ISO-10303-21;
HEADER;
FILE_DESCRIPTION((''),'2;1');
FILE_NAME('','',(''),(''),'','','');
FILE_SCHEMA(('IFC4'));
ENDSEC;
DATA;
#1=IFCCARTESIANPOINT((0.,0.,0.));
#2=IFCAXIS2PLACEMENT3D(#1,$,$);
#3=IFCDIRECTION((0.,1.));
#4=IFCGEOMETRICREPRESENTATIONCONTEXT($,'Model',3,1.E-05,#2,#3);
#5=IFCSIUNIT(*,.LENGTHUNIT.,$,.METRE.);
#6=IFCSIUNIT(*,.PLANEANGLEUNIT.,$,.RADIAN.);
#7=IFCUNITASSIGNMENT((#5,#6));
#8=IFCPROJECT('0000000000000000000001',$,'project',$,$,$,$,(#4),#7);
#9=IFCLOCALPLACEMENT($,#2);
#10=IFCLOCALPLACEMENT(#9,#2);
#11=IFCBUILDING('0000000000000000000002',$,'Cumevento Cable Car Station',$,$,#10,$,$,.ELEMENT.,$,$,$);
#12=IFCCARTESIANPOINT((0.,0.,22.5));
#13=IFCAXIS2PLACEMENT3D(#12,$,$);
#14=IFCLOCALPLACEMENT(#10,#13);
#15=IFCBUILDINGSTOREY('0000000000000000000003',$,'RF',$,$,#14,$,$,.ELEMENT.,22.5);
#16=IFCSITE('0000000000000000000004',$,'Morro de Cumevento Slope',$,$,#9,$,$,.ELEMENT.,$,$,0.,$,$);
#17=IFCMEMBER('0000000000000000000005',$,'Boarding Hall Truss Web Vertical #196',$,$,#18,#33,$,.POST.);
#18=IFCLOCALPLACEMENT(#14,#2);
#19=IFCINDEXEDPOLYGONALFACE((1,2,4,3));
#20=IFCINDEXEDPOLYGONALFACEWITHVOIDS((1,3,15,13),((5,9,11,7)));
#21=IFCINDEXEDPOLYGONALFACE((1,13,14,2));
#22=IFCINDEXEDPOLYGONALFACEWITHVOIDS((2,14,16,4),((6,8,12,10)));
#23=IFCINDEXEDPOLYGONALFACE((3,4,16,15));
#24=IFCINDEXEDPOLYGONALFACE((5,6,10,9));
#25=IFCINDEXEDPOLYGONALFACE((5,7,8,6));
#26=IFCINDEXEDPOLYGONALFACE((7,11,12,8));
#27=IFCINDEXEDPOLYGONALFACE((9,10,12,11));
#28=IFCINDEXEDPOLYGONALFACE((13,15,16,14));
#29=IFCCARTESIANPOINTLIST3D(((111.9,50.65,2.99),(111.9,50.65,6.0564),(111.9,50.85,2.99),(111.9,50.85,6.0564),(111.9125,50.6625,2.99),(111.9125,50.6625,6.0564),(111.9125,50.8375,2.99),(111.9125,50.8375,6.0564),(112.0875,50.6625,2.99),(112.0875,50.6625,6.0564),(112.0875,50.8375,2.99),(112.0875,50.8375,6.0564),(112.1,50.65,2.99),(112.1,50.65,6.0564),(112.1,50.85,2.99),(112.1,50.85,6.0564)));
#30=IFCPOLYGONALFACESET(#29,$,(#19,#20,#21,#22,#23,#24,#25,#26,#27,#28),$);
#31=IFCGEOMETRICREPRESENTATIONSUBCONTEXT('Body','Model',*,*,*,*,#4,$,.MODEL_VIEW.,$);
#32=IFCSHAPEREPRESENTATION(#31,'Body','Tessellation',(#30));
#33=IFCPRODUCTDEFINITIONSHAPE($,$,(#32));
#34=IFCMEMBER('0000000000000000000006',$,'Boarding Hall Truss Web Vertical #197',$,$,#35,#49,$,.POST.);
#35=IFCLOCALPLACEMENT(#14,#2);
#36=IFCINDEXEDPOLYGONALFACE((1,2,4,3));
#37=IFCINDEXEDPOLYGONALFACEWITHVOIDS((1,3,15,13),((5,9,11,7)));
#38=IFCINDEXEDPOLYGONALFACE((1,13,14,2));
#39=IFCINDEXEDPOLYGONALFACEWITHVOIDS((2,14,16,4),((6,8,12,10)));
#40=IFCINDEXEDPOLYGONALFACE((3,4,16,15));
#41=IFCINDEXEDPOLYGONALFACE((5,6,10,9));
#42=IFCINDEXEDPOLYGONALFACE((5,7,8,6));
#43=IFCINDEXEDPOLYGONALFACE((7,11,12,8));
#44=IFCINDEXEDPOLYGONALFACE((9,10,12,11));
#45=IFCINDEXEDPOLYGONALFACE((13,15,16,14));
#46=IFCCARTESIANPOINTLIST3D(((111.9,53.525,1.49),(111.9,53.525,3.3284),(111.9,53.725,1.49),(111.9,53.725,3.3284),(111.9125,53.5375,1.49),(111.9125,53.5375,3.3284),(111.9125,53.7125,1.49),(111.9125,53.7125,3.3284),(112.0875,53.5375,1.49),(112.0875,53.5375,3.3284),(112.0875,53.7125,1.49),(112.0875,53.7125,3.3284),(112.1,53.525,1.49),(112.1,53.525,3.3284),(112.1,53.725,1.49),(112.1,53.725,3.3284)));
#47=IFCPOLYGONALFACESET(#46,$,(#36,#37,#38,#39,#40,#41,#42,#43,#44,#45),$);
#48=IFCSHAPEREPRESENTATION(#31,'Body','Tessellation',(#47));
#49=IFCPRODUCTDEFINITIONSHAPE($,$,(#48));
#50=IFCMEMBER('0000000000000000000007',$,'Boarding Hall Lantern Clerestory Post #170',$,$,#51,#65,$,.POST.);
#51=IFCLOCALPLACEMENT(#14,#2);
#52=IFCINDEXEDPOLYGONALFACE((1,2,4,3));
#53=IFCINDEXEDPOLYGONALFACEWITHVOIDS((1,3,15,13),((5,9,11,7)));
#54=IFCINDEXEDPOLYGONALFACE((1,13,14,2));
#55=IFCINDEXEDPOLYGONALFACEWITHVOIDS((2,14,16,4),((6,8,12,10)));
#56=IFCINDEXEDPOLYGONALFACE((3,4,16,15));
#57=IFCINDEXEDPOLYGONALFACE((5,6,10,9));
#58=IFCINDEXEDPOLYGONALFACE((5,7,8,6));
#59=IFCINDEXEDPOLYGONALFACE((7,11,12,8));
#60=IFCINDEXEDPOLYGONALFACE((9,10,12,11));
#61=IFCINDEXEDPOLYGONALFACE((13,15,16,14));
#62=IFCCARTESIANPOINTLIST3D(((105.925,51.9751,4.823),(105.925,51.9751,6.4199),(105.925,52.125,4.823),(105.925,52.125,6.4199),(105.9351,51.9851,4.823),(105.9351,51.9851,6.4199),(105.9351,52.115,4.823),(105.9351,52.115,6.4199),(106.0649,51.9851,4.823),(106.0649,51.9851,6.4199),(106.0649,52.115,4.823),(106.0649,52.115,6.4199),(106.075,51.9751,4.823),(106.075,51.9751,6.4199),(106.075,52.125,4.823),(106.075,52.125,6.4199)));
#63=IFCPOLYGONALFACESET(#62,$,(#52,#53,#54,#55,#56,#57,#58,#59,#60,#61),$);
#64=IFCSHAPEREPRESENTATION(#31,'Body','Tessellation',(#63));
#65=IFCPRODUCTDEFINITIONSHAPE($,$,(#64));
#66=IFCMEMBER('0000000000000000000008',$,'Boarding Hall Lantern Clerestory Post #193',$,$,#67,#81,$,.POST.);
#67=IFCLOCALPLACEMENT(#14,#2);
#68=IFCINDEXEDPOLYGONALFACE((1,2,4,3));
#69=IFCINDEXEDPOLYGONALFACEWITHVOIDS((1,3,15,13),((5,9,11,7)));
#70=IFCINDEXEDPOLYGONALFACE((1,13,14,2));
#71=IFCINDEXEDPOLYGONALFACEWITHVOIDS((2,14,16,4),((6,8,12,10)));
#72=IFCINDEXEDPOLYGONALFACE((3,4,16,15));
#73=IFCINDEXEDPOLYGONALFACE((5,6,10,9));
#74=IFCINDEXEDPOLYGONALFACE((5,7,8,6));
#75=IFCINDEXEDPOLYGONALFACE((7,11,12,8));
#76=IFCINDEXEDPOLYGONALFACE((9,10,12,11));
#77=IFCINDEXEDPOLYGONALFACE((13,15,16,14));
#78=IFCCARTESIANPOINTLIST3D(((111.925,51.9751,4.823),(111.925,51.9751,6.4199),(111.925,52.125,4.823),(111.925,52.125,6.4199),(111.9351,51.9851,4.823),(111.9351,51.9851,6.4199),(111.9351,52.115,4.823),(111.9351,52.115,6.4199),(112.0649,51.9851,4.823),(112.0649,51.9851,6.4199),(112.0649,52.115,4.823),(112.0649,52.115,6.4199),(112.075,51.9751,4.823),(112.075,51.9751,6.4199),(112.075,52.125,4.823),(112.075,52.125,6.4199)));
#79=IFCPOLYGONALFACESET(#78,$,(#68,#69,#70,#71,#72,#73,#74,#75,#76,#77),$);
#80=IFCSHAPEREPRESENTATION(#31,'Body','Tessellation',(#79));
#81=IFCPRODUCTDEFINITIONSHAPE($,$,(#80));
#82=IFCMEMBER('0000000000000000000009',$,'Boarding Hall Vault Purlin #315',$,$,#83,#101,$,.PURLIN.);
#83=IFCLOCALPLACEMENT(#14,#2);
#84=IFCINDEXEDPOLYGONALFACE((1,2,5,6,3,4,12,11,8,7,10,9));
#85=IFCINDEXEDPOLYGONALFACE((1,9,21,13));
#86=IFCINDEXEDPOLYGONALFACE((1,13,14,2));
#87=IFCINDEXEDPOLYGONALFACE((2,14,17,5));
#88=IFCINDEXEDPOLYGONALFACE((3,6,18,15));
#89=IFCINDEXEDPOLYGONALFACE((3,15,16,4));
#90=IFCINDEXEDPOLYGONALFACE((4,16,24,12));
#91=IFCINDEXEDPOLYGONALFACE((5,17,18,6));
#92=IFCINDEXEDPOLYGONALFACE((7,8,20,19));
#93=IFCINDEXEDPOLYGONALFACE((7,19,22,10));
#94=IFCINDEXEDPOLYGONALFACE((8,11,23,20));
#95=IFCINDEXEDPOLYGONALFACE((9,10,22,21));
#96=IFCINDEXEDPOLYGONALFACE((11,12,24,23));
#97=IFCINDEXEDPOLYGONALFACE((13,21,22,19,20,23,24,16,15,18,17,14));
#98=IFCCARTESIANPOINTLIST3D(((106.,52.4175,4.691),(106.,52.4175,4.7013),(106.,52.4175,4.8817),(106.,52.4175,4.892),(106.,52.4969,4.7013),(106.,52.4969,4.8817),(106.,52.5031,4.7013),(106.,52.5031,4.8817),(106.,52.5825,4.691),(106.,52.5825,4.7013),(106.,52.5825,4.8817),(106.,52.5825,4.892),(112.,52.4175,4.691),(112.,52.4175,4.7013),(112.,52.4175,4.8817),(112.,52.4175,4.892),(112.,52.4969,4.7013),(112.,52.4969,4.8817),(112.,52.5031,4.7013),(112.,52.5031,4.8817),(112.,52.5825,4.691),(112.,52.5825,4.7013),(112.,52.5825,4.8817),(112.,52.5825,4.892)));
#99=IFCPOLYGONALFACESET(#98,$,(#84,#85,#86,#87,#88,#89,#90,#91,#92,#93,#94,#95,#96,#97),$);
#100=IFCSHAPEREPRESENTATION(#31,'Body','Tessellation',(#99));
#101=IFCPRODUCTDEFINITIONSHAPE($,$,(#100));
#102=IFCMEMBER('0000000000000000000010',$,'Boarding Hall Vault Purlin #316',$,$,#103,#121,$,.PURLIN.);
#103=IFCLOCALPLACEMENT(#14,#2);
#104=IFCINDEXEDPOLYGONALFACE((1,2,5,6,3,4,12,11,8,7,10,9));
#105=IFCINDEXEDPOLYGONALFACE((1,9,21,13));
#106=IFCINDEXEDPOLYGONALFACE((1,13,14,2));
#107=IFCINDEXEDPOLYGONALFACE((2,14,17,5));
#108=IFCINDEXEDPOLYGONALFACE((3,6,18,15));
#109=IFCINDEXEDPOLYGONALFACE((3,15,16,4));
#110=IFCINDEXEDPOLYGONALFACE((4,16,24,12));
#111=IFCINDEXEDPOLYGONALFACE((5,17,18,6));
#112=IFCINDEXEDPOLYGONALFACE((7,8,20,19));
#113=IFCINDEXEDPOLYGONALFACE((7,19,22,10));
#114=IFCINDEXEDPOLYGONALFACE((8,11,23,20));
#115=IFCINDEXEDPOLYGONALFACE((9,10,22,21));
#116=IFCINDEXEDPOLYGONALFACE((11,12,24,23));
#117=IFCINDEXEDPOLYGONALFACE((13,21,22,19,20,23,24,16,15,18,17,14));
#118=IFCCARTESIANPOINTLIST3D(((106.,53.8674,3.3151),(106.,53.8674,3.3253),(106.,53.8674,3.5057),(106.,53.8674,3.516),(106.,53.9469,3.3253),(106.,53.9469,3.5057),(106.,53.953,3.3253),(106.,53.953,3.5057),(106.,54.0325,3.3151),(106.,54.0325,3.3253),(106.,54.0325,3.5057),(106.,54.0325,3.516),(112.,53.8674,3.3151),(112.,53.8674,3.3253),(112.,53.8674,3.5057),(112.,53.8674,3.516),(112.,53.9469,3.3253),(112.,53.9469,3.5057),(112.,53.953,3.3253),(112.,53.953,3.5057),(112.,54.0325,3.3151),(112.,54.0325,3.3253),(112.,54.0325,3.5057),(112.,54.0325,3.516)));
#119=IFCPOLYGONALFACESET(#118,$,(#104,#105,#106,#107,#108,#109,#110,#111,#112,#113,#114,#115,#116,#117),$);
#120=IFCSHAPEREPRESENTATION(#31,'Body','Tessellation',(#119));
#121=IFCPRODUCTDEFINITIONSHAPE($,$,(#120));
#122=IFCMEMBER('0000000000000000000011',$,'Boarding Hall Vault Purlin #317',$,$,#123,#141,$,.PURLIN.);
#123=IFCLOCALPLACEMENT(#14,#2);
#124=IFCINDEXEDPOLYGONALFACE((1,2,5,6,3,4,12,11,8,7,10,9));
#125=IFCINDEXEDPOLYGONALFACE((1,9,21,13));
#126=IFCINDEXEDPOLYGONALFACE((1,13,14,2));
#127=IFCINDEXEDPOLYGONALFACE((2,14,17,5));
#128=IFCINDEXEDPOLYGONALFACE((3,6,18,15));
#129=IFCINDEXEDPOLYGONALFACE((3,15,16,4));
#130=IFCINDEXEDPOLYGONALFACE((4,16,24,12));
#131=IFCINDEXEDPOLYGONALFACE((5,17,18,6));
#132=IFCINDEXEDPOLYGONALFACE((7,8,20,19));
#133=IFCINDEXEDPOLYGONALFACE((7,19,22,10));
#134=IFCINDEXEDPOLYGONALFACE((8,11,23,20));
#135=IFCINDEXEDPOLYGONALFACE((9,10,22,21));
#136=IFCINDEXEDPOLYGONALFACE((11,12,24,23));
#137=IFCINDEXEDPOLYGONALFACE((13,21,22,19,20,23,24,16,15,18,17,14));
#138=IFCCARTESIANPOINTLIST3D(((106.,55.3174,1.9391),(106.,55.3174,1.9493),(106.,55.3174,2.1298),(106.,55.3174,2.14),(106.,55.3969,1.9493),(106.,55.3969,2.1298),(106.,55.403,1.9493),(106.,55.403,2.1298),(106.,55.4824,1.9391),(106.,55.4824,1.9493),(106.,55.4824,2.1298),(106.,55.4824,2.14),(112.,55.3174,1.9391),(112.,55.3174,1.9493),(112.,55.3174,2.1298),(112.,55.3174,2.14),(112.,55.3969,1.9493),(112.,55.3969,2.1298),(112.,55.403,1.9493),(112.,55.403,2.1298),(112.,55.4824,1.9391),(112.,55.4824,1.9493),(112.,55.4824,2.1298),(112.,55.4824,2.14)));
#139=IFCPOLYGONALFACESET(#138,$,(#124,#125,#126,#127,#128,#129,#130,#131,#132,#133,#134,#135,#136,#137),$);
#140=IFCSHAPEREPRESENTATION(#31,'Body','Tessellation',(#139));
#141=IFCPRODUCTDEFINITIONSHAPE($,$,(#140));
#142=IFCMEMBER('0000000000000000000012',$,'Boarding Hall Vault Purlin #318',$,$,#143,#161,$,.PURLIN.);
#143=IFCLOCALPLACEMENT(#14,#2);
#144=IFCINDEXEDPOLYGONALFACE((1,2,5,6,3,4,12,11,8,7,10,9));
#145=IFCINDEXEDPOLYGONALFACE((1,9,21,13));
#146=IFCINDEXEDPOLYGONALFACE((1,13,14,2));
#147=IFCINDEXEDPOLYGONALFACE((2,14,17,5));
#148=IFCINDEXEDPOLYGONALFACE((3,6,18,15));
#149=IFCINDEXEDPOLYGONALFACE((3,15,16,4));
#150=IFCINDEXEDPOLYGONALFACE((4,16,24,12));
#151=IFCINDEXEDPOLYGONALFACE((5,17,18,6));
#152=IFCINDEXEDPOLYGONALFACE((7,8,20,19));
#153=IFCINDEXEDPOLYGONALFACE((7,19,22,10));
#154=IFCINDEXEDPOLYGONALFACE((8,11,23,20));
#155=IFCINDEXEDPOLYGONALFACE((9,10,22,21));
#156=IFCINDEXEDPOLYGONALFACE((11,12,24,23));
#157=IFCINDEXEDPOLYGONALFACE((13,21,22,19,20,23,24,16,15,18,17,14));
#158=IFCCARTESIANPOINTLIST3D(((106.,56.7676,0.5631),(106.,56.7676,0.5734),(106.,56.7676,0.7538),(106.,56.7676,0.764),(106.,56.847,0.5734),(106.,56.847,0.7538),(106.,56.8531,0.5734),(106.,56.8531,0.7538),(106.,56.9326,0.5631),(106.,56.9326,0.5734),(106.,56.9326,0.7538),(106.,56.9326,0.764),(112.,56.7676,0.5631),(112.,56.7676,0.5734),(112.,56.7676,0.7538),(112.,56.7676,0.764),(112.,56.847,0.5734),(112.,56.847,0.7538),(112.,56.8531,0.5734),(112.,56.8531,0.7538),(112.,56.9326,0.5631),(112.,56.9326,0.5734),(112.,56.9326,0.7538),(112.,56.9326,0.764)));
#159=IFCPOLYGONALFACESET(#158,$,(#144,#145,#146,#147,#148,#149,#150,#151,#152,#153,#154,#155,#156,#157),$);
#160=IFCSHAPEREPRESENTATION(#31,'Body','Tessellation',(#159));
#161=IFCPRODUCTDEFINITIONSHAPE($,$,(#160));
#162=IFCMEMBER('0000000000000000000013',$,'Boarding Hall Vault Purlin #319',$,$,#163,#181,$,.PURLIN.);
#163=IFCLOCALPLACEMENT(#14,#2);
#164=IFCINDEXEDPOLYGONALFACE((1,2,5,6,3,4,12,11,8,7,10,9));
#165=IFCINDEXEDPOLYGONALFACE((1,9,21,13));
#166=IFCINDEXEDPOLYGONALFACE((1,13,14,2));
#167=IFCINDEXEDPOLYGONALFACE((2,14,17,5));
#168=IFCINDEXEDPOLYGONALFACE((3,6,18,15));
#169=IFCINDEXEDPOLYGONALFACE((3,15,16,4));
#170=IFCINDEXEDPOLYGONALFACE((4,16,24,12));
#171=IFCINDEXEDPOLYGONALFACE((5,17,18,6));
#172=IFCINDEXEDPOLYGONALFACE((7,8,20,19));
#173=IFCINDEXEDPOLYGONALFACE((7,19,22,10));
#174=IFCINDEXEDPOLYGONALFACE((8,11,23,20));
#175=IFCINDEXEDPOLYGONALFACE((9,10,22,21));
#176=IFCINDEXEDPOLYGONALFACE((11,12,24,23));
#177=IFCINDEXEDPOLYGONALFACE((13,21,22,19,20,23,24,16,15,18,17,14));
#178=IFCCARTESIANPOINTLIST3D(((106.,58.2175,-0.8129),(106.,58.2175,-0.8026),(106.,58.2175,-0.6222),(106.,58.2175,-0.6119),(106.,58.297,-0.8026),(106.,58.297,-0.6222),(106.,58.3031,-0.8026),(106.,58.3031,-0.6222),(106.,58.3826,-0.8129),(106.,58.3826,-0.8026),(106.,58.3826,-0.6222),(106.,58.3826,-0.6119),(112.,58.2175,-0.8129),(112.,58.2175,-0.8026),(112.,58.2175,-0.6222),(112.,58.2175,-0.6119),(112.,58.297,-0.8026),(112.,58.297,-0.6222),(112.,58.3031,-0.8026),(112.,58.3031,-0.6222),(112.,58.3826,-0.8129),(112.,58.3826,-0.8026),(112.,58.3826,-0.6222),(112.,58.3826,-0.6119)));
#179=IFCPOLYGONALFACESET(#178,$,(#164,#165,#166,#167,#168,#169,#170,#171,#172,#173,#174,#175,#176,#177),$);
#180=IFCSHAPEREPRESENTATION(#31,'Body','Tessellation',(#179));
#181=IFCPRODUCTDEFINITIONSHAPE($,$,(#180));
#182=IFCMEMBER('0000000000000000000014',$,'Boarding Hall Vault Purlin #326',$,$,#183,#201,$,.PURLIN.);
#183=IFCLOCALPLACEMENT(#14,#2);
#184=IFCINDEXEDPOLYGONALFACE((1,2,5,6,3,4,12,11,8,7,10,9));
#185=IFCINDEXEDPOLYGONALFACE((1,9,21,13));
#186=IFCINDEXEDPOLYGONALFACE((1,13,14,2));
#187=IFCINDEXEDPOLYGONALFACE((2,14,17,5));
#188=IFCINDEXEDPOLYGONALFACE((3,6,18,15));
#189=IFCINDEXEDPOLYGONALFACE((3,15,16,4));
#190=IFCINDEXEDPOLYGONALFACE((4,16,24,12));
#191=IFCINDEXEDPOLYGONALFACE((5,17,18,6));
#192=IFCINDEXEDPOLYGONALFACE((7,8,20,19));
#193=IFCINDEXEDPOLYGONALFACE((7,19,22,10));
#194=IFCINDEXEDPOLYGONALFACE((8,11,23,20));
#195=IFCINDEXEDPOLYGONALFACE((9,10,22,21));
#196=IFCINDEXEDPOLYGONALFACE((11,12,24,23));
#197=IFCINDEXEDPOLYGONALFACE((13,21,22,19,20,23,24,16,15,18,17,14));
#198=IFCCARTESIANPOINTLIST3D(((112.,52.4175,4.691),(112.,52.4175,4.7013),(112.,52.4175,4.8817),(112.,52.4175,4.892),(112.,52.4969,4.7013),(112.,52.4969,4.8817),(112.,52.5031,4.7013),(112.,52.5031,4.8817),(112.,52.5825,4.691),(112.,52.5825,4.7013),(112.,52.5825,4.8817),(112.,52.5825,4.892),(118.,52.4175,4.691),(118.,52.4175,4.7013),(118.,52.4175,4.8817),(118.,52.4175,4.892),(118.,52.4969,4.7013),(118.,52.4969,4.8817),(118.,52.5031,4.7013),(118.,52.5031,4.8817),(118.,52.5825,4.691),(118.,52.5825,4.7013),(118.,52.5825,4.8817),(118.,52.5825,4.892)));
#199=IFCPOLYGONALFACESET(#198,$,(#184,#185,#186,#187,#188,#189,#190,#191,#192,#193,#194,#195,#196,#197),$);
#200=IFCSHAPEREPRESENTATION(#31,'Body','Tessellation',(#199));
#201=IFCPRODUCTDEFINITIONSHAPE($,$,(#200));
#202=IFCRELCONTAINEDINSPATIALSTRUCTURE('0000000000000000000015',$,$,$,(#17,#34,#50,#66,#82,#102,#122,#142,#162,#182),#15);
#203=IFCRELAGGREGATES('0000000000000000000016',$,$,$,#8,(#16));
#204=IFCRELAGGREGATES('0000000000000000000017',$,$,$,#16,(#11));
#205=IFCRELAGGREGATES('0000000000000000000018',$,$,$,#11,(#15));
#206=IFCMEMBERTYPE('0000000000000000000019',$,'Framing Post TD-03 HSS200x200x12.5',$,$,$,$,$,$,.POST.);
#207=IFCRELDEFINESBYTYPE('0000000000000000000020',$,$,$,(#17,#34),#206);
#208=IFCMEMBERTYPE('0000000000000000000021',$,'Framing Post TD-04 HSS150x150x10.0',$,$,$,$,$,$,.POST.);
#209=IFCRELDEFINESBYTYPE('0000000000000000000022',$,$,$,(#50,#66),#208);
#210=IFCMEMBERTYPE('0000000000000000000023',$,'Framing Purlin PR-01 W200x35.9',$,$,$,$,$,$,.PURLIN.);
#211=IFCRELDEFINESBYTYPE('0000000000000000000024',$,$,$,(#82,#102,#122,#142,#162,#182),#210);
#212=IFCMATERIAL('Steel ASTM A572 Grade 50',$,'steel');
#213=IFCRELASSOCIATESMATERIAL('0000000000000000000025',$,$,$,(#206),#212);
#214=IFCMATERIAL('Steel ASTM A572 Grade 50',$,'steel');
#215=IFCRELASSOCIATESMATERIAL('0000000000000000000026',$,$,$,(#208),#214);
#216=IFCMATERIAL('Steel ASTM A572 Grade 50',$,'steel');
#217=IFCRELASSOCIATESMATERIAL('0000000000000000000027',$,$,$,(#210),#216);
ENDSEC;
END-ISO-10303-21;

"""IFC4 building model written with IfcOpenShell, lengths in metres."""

from ifc_helpers import new_model, si_unit, direction, frame, origin, origin_2d, place, context, subcontext, project, spatial, hollow_rectangle, i_section, extrude, material, material_profile, profile_set, type_object, element, save


model = new_model("IFC4")

# Units and contexts
model_context = context("Model", 3, precision=1e-05, world=origin(), true_north=direction((0.0, 1.0)))
body_context = subcontext(model_context, "Body", "Model", "MODEL_VIEW")
ifc_project = project(units=[si_unit("LENGTHUNIT", "METRE"), si_unit("PLANEANGLEUNIT", "RADIAN")], contexts=[model_context])

# Site, building, storey
site_placement = place(None, origin())
site = spatial("IfcSite", under=ifc_project, at=site_placement, Name="Morro de Cumevento Slope", CompositionType="ELEMENT", RefElevation=0.0)
building_placement = place(site_placement, origin())
building = spatial("IfcBuilding", under=site, at=building_placement, Name="Cumevento Cable Car Station", CompositionType="ELEMENT")
storey_placement = place(building_placement, frame((0.0, 0.0, 22.5)))
storey = spatial("IfcBuildingStorey", under=building, at=storey_placement, Name="RF", CompositionType="ELEMENT", Elevation=22.5)

# Members
ifc_material_1 = material(Name="Steel ASTM A572 Grade 50", Category="steel")
ifc_material_profile_1 = material_profile(ifc_material_1, hollow_rectangle(XDim=0.2, YDim=0.2, WallThickness=0.0125, at=origin_2d()), Name="HSS200x200x12.5")
ifc_profile_set_1 = profile_set([ifc_material_profile_1], Name="Steel ASTM A572 Grade 50")
member_type_1 = type_object("IfcMemberType", Name="Framing Post TD-03 HSS200x200x12.5", PredefinedType="POST", material=ifc_profile_set_1)
member_1_placement = place(storey_placement, frame((112.0, 50.75, 2.99), z_axis=(0.0, 0.0, 1.0), x_axis=(1.0, 0.0, 0.0)))
element("IfcMember", 1, at=member_1_placement, inside=storey, type_object=member_type_1, Name="Boarding Hall Truss Web Vertical #196", PredefinedType="POST", context=body_context, shape_type="SweptSolid", body=[
    extrude(hollow_rectangle(XDim=0.2, YDim=0.2, WallThickness=0.0125, at=origin_2d()), origin(), (0.0, 0.0, 1.0), 3.0664),
])
member_2_placement = place(storey_placement, frame((112.0, 53.625, 1.49), z_axis=(0.0, 0.0, 1.0), x_axis=(1.0, 0.0, 0.0)))
element("IfcMember", 2, at=member_2_placement, inside=storey, type_object=member_type_1, Name="Boarding Hall Truss Web Vertical #197", PredefinedType="POST", context=body_context, shape_type="SweptSolid", body=[
    extrude(hollow_rectangle(XDim=0.2, YDim=0.2, WallThickness=0.0125, at=origin_2d()), origin(), (0.0, 0.0, 1.0), 1.8384),
])
ifc_material_2 = material(Name="Steel ASTM A572 Grade 50", Category="steel")
ifc_material_profile_2 = material_profile(ifc_material_2, hollow_rectangle(XDim=0.1499, YDim=0.1499, WallThickness=0.01, at=origin_2d()), Name="HSS150x150x10.0")
ifc_profile_set_2 = profile_set([ifc_material_profile_2], Name="Steel ASTM A572 Grade 50")
member_type_2 = type_object("IfcMemberType", Name="Framing Post TD-04 HSS150x150x10.0", PredefinedType="POST", material=ifc_profile_set_2)
for number, where, z_axis, x_axis, name in (
    (3, (106.0, 52.05, 4.823), (0.0, 0.0, 1.0), (1.0, 0.0, 0.0), "Boarding Hall Lantern Clerestory Post #170"),
    (4, (112.0, 52.05, 4.823), (0.0, 0.0, 1.0), (1.0, 0.0, 0.0), "Boarding Hall Lantern Clerestory Post #193"),
):
    element("IfcMember", number, at=place(storey_placement, frame(where, z_axis=z_axis, x_axis=x_axis)), inside=storey, type_object=member_type_2, Name=name, PredefinedType="POST", context=body_context, shape_type="SweptSolid", body=[
        extrude(hollow_rectangle(XDim=0.1499, YDim=0.1499, WallThickness=0.01, at=origin_2d()), origin(), (0.0, 0.0, 1.0), 1.5969),
    ])
ifc_material_3 = material(Name="Steel ASTM A572 Grade 50", Category="steel")
ifc_material_profile_3 = material_profile(ifc_material_3, i_section(OverallWidth=0.165, OverallDepth=0.2009, WebThickness=0.0061, FlangeThickness=0.0103, at=origin_2d()), Name="W200x35.9")
ifc_profile_set_3 = profile_set([ifc_material_profile_3], Name="Steel ASTM A572 Grade 50")
member_type_3 = type_object("IfcMemberType", Name="Framing Purlin PR-01 W200x35.9", PredefinedType="PURLIN", material=ifc_profile_set_3)
for number, where, z_axis, x_axis, name in (
    (5, (106.0, 52.5, 4.7915), (1.0, 0.0, 0.0), (0.0, 1.0, 0.0), "Boarding Hall Vault Purlin #315"),
    (6, (106.0, 53.95, 3.4155), (1.0, 0.0, 0.0), (0.0, 1.0, 0.0), "Boarding Hall Vault Purlin #316"),
    (7, (106.0, 55.3999, 2.0396), (1.0, 0.0, 0.0), (0.0, 1.0, 0.0), "Boarding Hall Vault Purlin #317"),
    (8, (106.0, 56.8501, 0.6636), (1.0, 0.0, 0.0), (0.0, 1.0, 0.0), "Boarding Hall Vault Purlin #318"),
    (9, (106.0, 58.3, -0.7124), (1.0, 0.0, 0.0), (0.0, 1.0, 0.0), "Boarding Hall Vault Purlin #319"),
    (10, (112.0, 52.5, 4.7915), (1.0, 0.0, 0.0), (0.0, 1.0, 0.0), "Boarding Hall Vault Purlin #326"),
):
    element("IfcMember", number, at=place(storey_placement, frame(where, z_axis=z_axis, x_axis=x_axis)), inside=storey, type_object=member_type_3, Name=name, PredefinedType="PURLIN", context=body_context, shape_type="SweptSolid", body=[
        extrude(i_section(OverallWidth=0.165, OverallDepth=0.2009, WebThickness=0.0061, FlangeThickness=0.0103, at=origin_2d()), origin(), (0.0, 0.0, 1.0), 6.0),
    ])

save(model, "model.ifc")
